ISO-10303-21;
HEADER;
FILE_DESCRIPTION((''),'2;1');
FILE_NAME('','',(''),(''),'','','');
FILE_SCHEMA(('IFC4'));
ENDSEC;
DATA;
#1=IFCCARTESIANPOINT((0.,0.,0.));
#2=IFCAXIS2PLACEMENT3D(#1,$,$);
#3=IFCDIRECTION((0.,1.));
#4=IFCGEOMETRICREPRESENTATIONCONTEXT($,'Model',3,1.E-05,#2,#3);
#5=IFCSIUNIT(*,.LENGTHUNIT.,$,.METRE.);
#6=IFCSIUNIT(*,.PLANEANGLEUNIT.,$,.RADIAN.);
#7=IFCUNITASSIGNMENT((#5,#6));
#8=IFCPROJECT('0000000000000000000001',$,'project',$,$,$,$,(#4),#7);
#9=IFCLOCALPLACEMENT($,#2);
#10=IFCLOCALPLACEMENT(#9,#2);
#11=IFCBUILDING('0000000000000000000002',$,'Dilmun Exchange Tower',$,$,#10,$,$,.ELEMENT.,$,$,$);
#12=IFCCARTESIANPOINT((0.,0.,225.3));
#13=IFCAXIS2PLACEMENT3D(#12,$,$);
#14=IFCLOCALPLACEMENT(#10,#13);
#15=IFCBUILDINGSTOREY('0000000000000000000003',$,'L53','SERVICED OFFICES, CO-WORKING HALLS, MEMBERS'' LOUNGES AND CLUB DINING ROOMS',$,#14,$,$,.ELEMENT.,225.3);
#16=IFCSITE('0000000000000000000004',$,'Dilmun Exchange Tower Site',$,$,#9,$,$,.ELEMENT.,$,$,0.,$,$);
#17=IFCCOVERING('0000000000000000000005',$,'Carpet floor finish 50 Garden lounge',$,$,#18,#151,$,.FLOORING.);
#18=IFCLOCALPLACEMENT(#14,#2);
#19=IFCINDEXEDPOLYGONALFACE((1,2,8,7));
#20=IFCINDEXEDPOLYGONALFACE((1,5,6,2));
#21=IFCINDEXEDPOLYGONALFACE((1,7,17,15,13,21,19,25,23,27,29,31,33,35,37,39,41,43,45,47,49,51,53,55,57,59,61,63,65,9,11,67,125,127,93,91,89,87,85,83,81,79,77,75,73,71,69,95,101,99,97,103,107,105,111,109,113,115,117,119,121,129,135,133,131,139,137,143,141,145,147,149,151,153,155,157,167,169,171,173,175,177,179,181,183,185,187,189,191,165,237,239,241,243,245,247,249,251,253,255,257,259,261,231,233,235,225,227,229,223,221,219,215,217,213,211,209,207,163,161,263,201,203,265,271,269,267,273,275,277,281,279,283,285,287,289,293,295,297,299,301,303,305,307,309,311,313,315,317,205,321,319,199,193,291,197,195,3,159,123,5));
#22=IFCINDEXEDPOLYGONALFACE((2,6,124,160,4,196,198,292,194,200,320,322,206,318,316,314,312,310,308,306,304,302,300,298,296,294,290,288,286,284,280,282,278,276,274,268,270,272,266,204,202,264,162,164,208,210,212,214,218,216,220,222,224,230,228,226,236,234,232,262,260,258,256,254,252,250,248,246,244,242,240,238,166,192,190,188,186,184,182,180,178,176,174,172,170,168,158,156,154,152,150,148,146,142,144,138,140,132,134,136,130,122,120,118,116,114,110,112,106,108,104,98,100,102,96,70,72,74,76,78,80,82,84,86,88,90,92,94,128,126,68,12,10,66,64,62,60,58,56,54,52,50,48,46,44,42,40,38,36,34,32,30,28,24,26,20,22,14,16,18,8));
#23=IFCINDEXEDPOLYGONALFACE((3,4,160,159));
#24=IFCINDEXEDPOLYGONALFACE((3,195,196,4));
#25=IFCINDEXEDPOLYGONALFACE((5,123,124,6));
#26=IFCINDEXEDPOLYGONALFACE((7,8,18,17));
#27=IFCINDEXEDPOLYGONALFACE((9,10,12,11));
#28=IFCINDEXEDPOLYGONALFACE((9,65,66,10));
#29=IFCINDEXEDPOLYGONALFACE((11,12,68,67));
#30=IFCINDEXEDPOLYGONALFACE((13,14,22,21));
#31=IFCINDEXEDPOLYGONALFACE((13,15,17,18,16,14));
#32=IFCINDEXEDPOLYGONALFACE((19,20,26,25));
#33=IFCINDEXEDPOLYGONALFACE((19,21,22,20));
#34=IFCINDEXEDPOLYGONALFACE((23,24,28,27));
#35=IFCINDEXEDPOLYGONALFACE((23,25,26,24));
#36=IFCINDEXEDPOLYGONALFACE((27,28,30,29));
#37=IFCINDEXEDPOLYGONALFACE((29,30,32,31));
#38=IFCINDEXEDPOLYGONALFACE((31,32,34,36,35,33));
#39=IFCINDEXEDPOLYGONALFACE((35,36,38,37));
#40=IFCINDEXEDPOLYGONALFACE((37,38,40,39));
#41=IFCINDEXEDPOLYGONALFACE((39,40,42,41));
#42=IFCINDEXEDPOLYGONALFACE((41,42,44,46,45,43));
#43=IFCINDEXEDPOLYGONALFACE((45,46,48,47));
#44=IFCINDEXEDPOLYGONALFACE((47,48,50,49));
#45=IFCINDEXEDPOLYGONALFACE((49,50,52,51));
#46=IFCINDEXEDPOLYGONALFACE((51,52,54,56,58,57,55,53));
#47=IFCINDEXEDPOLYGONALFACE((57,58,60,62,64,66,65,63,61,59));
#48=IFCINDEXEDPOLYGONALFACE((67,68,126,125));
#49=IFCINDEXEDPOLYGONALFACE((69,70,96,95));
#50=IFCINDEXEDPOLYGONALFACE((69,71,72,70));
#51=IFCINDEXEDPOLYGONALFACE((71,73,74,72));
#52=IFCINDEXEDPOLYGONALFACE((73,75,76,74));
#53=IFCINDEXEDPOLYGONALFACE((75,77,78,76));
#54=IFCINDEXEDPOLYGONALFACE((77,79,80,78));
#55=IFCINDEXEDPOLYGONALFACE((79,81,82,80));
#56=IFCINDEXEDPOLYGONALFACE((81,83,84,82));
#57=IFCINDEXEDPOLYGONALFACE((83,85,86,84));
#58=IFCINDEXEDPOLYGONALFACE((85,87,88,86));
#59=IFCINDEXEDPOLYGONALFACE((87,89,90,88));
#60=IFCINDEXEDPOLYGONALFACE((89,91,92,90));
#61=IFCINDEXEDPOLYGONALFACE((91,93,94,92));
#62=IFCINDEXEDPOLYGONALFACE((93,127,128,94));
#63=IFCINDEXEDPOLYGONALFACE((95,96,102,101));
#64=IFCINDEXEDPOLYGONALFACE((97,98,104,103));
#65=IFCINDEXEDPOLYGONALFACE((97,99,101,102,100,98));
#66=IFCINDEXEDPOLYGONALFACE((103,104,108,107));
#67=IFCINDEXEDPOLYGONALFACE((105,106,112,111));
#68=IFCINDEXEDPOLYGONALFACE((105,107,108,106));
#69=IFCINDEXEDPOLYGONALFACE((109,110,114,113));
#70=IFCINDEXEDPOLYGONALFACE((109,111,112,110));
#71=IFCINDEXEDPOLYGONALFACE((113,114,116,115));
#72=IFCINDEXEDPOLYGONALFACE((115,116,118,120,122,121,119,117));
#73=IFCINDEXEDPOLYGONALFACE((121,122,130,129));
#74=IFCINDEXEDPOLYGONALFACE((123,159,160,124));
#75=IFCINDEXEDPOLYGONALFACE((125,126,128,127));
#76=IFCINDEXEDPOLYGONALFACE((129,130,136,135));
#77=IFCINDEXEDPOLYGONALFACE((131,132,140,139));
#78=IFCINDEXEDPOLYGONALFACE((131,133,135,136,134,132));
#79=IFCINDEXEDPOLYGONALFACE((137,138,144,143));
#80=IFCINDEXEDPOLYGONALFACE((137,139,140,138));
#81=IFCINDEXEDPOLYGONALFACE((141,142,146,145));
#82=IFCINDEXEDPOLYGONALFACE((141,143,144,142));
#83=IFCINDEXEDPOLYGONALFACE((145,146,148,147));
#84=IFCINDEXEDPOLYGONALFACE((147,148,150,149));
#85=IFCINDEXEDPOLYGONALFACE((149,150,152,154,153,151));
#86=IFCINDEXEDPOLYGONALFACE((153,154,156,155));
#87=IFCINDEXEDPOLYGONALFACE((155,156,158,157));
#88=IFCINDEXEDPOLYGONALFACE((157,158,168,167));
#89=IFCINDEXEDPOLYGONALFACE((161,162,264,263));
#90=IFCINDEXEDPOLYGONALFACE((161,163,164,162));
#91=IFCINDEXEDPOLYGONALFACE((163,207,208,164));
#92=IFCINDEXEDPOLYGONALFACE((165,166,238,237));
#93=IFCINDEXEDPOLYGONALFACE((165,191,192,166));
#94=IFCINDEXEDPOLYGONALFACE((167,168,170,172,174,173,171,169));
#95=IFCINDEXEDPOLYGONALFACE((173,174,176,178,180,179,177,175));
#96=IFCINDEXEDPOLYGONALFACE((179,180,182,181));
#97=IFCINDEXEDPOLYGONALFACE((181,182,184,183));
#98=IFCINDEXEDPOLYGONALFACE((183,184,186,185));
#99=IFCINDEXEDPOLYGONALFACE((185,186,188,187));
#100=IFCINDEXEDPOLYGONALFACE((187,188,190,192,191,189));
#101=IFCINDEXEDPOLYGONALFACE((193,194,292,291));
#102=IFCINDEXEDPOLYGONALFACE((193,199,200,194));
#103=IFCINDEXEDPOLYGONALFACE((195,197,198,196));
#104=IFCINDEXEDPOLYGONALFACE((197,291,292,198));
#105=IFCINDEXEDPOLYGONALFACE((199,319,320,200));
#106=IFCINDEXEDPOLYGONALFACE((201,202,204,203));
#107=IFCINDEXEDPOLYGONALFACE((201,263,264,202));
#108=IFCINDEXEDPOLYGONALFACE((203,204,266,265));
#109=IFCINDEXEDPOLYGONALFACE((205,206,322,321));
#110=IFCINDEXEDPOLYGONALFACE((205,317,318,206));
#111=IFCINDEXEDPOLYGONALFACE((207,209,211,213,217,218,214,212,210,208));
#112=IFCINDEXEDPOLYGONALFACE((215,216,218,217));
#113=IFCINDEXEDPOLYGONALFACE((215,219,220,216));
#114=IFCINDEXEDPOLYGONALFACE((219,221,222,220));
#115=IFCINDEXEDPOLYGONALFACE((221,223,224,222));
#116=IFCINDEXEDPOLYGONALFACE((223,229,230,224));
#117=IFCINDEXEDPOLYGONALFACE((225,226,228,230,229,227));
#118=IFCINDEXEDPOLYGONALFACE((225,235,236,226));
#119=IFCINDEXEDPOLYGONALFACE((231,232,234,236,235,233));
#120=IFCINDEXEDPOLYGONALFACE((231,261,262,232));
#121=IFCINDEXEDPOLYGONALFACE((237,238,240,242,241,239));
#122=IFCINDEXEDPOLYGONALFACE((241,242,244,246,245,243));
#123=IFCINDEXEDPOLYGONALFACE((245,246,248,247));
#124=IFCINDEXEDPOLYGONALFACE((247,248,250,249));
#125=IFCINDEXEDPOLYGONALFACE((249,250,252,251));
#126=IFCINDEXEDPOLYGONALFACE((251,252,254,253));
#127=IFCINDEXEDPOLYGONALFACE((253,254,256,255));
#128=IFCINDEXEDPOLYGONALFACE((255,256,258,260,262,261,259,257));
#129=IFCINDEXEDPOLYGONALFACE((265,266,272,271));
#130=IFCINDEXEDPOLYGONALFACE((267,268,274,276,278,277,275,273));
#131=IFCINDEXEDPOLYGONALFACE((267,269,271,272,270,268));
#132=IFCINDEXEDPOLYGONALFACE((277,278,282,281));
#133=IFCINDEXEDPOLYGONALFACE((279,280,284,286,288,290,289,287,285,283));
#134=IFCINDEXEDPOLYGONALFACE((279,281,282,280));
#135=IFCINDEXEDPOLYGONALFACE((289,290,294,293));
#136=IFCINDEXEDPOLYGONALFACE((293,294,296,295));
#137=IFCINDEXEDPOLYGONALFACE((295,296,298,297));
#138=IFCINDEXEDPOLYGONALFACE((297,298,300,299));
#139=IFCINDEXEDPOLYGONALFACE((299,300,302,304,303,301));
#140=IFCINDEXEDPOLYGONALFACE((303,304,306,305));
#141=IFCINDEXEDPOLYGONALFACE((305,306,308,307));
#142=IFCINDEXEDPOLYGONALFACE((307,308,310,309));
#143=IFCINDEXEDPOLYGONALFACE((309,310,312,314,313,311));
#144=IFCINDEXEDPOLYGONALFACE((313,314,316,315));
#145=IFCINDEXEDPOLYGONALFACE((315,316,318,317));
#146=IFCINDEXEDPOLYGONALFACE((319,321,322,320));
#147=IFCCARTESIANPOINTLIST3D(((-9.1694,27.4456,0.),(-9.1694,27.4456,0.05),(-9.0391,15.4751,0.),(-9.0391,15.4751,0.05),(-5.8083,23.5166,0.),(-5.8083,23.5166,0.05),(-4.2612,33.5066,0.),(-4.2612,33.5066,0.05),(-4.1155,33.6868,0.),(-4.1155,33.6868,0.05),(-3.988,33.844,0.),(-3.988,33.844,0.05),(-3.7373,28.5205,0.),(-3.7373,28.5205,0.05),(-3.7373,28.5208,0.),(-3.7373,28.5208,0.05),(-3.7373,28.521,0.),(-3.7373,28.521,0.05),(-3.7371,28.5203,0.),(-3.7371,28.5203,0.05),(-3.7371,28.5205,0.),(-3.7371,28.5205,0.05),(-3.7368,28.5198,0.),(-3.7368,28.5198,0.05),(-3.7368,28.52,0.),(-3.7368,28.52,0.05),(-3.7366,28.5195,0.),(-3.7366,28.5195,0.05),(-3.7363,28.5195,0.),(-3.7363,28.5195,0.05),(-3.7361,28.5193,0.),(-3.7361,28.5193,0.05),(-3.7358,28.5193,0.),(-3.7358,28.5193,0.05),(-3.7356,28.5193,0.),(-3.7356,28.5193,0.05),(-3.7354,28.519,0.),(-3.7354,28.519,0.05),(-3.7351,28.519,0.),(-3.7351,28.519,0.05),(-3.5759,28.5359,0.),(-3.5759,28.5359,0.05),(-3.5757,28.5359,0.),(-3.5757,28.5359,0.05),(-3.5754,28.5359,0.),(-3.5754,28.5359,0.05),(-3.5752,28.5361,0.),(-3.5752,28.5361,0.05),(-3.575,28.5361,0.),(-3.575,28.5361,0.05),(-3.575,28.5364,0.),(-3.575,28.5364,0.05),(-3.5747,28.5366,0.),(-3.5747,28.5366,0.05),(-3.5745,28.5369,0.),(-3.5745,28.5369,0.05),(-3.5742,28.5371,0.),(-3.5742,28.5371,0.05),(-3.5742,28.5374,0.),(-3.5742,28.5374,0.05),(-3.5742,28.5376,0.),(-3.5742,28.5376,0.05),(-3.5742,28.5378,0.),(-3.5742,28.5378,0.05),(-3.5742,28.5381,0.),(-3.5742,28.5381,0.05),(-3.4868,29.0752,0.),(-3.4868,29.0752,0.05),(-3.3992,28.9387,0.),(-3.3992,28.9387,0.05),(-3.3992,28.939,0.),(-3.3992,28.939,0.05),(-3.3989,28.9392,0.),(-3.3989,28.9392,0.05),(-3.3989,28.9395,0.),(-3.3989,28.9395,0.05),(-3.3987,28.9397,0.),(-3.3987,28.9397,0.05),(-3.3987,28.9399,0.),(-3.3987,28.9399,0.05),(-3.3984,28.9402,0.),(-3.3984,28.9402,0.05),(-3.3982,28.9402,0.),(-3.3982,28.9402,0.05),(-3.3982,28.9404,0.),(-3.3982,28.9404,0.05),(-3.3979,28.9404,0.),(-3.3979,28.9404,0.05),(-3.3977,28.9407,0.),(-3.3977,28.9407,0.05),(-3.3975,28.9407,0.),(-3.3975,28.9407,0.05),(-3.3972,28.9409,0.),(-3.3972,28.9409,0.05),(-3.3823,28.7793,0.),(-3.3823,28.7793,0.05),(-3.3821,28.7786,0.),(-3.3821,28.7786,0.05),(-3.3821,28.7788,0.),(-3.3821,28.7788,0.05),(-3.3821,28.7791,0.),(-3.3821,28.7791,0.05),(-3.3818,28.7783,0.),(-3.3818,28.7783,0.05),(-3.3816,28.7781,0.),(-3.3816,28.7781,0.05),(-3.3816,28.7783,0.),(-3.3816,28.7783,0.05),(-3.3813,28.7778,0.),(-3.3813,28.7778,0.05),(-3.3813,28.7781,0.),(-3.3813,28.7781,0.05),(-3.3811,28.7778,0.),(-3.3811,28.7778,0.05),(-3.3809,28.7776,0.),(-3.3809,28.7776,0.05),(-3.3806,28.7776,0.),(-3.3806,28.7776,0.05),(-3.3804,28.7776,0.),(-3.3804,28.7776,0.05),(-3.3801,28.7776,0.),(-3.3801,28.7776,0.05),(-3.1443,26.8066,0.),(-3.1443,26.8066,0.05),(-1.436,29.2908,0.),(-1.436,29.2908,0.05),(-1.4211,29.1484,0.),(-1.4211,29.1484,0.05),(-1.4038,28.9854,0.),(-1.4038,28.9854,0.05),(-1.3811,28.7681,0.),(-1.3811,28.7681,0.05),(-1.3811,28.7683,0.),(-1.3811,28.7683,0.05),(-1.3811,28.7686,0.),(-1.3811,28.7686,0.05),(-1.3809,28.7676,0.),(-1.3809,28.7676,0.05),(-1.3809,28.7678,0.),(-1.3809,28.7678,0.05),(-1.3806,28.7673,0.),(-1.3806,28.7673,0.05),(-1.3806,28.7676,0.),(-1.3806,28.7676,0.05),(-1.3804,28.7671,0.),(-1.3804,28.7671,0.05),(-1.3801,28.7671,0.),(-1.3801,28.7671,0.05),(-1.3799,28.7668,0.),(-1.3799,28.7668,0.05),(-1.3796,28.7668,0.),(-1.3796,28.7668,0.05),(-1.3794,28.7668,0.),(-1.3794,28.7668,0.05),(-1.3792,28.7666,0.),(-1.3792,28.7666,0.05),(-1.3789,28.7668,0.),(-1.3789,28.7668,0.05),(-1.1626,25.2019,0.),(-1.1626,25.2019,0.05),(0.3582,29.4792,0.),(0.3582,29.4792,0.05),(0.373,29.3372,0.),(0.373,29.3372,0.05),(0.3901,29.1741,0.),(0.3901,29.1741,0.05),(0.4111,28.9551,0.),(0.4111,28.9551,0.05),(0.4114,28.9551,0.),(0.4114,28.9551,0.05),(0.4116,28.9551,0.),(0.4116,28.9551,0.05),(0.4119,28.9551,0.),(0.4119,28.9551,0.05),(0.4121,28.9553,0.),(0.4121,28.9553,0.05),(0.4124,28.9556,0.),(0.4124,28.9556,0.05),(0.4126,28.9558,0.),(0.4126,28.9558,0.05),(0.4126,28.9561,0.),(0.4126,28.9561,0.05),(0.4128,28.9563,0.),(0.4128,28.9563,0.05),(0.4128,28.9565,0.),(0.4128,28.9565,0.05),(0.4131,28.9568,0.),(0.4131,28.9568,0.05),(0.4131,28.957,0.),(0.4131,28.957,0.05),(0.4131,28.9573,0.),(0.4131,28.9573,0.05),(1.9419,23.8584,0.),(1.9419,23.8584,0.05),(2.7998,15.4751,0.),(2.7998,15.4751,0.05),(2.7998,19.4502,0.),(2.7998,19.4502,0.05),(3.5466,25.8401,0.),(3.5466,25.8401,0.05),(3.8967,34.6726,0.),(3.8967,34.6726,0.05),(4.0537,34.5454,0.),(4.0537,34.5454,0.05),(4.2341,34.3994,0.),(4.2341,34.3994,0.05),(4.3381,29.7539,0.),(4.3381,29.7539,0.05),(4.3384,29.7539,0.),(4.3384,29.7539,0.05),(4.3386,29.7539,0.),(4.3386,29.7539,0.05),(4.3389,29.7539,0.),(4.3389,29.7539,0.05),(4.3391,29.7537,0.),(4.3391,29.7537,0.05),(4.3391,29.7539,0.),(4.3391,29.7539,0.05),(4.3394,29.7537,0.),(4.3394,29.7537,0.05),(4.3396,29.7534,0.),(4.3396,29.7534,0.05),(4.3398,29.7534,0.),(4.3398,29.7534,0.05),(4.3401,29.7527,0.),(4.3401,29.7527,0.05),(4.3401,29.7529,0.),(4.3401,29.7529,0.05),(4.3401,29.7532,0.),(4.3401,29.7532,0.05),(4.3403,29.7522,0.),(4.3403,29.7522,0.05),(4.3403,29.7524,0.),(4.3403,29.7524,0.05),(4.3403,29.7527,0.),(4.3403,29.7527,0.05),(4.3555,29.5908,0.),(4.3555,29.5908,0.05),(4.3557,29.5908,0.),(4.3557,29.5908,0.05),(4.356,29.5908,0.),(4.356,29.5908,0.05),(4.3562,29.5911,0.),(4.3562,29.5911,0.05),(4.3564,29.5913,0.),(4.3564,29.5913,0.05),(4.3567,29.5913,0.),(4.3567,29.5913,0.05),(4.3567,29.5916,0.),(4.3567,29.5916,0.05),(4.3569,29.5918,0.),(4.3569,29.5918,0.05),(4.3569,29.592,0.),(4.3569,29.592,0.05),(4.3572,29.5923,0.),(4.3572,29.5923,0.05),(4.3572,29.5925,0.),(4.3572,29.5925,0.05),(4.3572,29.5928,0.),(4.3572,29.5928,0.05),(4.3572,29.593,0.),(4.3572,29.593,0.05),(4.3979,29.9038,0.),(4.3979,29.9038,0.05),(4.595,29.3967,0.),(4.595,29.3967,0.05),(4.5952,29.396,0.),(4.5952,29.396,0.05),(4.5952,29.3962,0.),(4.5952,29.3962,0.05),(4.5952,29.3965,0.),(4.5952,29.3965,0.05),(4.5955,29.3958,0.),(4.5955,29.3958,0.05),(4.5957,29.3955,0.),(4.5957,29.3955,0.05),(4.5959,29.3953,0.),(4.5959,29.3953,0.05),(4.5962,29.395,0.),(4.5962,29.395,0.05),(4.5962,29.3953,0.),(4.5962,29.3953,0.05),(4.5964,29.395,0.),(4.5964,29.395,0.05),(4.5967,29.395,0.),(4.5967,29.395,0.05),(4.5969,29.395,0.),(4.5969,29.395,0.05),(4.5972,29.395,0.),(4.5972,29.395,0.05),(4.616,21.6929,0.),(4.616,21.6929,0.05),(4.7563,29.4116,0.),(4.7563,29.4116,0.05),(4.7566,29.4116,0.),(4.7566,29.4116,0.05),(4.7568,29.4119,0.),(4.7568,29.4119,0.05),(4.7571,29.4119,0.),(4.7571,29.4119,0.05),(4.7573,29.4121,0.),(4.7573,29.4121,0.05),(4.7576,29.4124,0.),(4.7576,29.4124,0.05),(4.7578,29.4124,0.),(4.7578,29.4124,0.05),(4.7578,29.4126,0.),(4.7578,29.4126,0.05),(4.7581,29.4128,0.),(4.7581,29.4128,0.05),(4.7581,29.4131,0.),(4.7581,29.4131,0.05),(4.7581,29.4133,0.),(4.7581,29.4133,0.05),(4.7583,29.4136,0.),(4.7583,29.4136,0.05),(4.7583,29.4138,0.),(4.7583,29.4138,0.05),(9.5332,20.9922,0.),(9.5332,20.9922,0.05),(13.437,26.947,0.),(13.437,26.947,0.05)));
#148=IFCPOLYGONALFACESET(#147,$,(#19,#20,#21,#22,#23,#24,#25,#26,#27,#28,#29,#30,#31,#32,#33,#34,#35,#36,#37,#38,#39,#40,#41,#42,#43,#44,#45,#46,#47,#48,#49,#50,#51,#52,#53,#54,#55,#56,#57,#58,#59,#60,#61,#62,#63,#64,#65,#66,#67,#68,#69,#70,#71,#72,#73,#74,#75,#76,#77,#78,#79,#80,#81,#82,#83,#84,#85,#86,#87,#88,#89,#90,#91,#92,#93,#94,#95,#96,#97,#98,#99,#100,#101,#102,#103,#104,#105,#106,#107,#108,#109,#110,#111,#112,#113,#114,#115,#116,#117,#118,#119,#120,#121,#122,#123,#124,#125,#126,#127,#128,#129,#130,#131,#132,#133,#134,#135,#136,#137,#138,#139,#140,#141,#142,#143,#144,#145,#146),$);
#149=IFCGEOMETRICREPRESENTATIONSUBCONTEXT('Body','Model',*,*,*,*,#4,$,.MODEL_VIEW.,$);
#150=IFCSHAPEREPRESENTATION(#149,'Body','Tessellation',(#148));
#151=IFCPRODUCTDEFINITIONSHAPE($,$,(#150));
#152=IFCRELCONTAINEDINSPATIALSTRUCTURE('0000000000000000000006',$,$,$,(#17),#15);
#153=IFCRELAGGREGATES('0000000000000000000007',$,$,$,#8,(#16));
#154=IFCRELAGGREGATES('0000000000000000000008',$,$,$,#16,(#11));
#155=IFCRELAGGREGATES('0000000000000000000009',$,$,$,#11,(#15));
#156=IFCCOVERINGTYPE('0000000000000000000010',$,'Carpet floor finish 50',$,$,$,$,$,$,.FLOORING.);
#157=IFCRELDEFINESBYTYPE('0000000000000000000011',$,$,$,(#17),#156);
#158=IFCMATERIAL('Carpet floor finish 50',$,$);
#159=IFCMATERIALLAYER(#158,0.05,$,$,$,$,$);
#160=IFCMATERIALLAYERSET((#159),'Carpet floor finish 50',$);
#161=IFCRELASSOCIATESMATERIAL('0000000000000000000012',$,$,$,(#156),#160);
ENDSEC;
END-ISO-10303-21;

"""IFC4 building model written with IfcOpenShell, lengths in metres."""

from ifc_helpers import new_model, si_unit, direction, frame, origin, place, context, subcontext, project, spatial, polyline, outline, extrude, material, layer, layer_set, type_object, element, save


model = new_model("IFC4")

# Units and contexts
model_context = context("Model", 3, precision=1e-05, world=origin(), true_north=direction((0.0, 1.0)))
body_context = subcontext(model_context, "Body", "Model", "MODEL_VIEW")
ifc_project = project(units=[si_unit("LENGTHUNIT", "METRE"), si_unit("PLANEANGLEUNIT", "RADIAN")], contexts=[model_context])

# Site, building, storey
site_placement = place(None, origin())
site = spatial("IfcSite", under=ifc_project, at=site_placement, Name="Dilmun Exchange Tower Site", CompositionType="ELEMENT", RefElevation=0.0)
building_placement = place(site_placement, origin())
building = spatial("IfcBuilding", under=site, at=building_placement, Name="Dilmun Exchange Tower", CompositionType="ELEMENT")
storey_placement = place(building_placement, frame((0.0, 0.0, 225.3)))
storey = spatial("IfcBuildingStorey", under=building, at=storey_placement, Name="L53", Description="SERVICED OFFICES, CO-WORKING HALLS, MEMBERS' LOUNGES AND CLUB DINING ROOMS", CompositionType="ELEMENT", Elevation=225.3)

# Covering
ifc_material_1 = material(Name="Carpet floor finish 50")
ifc_layer_1 = layer(ifc_material_1, 0.05)
ifc_layer_set_1 = layer_set([ifc_layer_1], Name="Carpet floor finish 50")
covering_type_1 = type_object("IfcCoveringType", Name="Carpet floor finish 50", PredefinedType="FLOORING", material=ifc_layer_set_1)
covering_1_placement = place(storey_placement, origin())
element("IfcCovering", 1, at=covering_1_placement, inside=storey, type_object=covering_type_1, Name="Carpet floor finish 50 Garden lounge", PredefinedType="FLOORING", context=body_context, shape_type="SweptSolid", body=[
    extrude(outline(polyline([(-3.4868, 29.0752), (-1.436, 29.2908), (-1.4211, 29.1484), (-3.3972, 28.9409), (-3.3975, 28.9407), (-3.3977, 28.9407), (-3.3977, 28.9407), (-3.3979, 28.9404), (-3.3982, 28.9404), (-3.3982, 28.9402), (-3.3984, 28.9402), (-3.3987, 28.9399), (-3.3987, 28.9399), (-3.3987, 28.9397), (-3.3989, 28.9395), (-3.3989, 28.9392), (-3.3989, 28.9392), (-3.3992, 28.939), (-3.3992, 28.9387), (-3.3992, 28.9387), (-3.3823, 28.7793), (-3.3823, 28.7793), (-3.3821, 28.7791), (-3.3821, 28.7788), (-3.3821, 28.7788), (-3.3821, 28.7786), (-3.3818, 28.7783), (-3.3816, 28.7783), (-3.3816, 28.7781), (-3.3813, 28.7781), (-3.3813, 28.7778), (-3.3811, 28.7778), (-3.3809, 28.7776), (-3.3806, 28.7776), (-3.3806, 28.7776), (-3.3804, 28.7776), (-3.3801, 28.7776), (-1.4038, 28.9854), (-1.3811, 28.7686), (-1.3811, 28.7683), (-1.3811, 28.7683), (-1.3811, 28.7681), (-1.3809, 28.7678), (-1.3809, 28.7676), (-1.3806, 28.7676), (-1.3806, 28.7673), (-1.3804, 28.7671), (-1.3801, 28.7671), (-1.3801, 28.7671), (-1.3799, 28.7668), (-1.3796, 28.7668), (-1.3794, 28.7668), (-1.3794, 28.7668), (-1.3792, 28.7666), (-1.3789, 28.7668), (0.4111, 28.9551), (0.4114, 28.9551), (0.4116, 28.9551), (0.4116, 28.9551), (0.4119, 28.9551), (0.4121, 28.9553), (0.4121, 28.9553), (0.4124, 28.9556), (0.4126, 28.9558), (0.4126, 28.9558), (0.4126, 28.9561), (0.4128, 28.9563), (0.4128, 28.9563), (0.4128, 28.9565), (0.4131, 28.9568), (0.4131, 28.957), (0.4131, 28.9573), (0.3901, 29.1741), (4.3555, 29.5908), (4.3557, 29.5908), (4.3557, 29.5908), (4.356, 29.5908), (4.3562, 29.5911), (4.3562, 29.5911), (4.3564, 29.5913), (4.3567, 29.5913), (4.3567, 29.5916), (4.3567, 29.5916), (4.3569, 29.5918), (4.3569, 29.592), (4.3572, 29.5923), (4.3572, 29.5923), (4.3572, 29.5925), (4.3572, 29.5928), (4.3572, 29.593), (4.3403, 29.7522), (4.3403, 29.7522), (4.3403, 29.7524), (4.3403, 29.7527), (4.3401, 29.7527), (4.3401, 29.7529), (4.3401, 29.7532), (4.3398, 29.7534), (4.3396, 29.7534), (4.3396, 29.7534), (4.3394, 29.7537), (4.3391, 29.7537), (4.3391, 29.7539), (4.3389, 29.7539), (4.3386, 29.7539), (4.3384, 29.7539), (4.3381, 29.7539), (0.373, 29.3372), (0.3582, 29.4792), (4.3979, 29.9038), (3.8967, 34.6726), (4.0537, 34.5454), (4.595, 29.3967), (4.5952, 29.3965), (4.5952, 29.3962), (4.5952, 29.3962), (4.5952, 29.396), (4.5955, 29.3958), (4.5955, 29.3958), (4.5957, 29.3955), (4.5957, 29.3955), (4.5959, 29.3953), (4.5962, 29.3953), (4.5962, 29.395), (4.5964, 29.395), (4.5967, 29.395), (4.5969, 29.395), (4.5972, 29.395), (4.5972, 29.395), (4.7563, 29.4116), (4.7566, 29.4116), (4.7568, 29.4119), (4.7568, 29.4119), (4.7571, 29.4119), (4.7573, 29.4121), (4.7573, 29.4121), (4.7576, 29.4124), (4.7578, 29.4124), (4.7578, 29.4126), (4.7578, 29.4126), (4.7581, 29.4128), (4.7581, 29.4131), (4.7581, 29.4133), (4.7583, 29.4136), (4.7583, 29.4138), (4.7583, 29.4138), (4.2341, 34.3994), (13.437, 26.947), (9.5332, 20.9922), (3.5466, 25.8401), (1.9419, 23.8584), (4.616, 21.6929), (2.7998, 19.4502), (2.7998, 15.4751), (-9.0391, 15.4751), (-1.1626, 25.2019), (-3.1443, 26.8066), (-5.8083, 23.5166), (-9.1694, 27.4456), (-4.2612, 33.5066), (-3.7373, 28.521), (-3.7373, 28.5208), (-3.7373, 28.5205), (-3.7371, 28.5205), (-3.7371, 28.5203), (-3.7368, 28.52), (-3.7368, 28.52), (-3.7368, 28.5198), (-3.7366, 28.5195), (-3.7363, 28.5195), (-3.7361, 28.5193), (-3.7361, 28.5193), (-3.7358, 28.5193), (-3.7356, 28.5193), (-3.7354, 28.519), (-3.7351, 28.519), (-3.7351, 28.519), (-3.5759, 28.5359), (-3.5757, 28.5359), (-3.5754, 28.5359), (-3.5754, 28.5359), (-3.5752, 28.5361), (-3.575, 28.5361), (-3.575, 28.5364), (-3.5747, 28.5366), (-3.5747, 28.5366), (-3.5745, 28.5369), (-3.5745, 28.5369), (-3.5742, 28.5371), (-3.5742, 28.5374), (-3.5742, 28.5376), (-3.5742, 28.5376), (-3.5742, 28.5378), (-3.5742, 28.5381), (-4.1155, 33.6868), (-3.988, 33.844), (-3.4868, 29.0752)])), origin(), (0.0, 0.0, 1.0), 0.05),
])

save(model, "model.ifc")
